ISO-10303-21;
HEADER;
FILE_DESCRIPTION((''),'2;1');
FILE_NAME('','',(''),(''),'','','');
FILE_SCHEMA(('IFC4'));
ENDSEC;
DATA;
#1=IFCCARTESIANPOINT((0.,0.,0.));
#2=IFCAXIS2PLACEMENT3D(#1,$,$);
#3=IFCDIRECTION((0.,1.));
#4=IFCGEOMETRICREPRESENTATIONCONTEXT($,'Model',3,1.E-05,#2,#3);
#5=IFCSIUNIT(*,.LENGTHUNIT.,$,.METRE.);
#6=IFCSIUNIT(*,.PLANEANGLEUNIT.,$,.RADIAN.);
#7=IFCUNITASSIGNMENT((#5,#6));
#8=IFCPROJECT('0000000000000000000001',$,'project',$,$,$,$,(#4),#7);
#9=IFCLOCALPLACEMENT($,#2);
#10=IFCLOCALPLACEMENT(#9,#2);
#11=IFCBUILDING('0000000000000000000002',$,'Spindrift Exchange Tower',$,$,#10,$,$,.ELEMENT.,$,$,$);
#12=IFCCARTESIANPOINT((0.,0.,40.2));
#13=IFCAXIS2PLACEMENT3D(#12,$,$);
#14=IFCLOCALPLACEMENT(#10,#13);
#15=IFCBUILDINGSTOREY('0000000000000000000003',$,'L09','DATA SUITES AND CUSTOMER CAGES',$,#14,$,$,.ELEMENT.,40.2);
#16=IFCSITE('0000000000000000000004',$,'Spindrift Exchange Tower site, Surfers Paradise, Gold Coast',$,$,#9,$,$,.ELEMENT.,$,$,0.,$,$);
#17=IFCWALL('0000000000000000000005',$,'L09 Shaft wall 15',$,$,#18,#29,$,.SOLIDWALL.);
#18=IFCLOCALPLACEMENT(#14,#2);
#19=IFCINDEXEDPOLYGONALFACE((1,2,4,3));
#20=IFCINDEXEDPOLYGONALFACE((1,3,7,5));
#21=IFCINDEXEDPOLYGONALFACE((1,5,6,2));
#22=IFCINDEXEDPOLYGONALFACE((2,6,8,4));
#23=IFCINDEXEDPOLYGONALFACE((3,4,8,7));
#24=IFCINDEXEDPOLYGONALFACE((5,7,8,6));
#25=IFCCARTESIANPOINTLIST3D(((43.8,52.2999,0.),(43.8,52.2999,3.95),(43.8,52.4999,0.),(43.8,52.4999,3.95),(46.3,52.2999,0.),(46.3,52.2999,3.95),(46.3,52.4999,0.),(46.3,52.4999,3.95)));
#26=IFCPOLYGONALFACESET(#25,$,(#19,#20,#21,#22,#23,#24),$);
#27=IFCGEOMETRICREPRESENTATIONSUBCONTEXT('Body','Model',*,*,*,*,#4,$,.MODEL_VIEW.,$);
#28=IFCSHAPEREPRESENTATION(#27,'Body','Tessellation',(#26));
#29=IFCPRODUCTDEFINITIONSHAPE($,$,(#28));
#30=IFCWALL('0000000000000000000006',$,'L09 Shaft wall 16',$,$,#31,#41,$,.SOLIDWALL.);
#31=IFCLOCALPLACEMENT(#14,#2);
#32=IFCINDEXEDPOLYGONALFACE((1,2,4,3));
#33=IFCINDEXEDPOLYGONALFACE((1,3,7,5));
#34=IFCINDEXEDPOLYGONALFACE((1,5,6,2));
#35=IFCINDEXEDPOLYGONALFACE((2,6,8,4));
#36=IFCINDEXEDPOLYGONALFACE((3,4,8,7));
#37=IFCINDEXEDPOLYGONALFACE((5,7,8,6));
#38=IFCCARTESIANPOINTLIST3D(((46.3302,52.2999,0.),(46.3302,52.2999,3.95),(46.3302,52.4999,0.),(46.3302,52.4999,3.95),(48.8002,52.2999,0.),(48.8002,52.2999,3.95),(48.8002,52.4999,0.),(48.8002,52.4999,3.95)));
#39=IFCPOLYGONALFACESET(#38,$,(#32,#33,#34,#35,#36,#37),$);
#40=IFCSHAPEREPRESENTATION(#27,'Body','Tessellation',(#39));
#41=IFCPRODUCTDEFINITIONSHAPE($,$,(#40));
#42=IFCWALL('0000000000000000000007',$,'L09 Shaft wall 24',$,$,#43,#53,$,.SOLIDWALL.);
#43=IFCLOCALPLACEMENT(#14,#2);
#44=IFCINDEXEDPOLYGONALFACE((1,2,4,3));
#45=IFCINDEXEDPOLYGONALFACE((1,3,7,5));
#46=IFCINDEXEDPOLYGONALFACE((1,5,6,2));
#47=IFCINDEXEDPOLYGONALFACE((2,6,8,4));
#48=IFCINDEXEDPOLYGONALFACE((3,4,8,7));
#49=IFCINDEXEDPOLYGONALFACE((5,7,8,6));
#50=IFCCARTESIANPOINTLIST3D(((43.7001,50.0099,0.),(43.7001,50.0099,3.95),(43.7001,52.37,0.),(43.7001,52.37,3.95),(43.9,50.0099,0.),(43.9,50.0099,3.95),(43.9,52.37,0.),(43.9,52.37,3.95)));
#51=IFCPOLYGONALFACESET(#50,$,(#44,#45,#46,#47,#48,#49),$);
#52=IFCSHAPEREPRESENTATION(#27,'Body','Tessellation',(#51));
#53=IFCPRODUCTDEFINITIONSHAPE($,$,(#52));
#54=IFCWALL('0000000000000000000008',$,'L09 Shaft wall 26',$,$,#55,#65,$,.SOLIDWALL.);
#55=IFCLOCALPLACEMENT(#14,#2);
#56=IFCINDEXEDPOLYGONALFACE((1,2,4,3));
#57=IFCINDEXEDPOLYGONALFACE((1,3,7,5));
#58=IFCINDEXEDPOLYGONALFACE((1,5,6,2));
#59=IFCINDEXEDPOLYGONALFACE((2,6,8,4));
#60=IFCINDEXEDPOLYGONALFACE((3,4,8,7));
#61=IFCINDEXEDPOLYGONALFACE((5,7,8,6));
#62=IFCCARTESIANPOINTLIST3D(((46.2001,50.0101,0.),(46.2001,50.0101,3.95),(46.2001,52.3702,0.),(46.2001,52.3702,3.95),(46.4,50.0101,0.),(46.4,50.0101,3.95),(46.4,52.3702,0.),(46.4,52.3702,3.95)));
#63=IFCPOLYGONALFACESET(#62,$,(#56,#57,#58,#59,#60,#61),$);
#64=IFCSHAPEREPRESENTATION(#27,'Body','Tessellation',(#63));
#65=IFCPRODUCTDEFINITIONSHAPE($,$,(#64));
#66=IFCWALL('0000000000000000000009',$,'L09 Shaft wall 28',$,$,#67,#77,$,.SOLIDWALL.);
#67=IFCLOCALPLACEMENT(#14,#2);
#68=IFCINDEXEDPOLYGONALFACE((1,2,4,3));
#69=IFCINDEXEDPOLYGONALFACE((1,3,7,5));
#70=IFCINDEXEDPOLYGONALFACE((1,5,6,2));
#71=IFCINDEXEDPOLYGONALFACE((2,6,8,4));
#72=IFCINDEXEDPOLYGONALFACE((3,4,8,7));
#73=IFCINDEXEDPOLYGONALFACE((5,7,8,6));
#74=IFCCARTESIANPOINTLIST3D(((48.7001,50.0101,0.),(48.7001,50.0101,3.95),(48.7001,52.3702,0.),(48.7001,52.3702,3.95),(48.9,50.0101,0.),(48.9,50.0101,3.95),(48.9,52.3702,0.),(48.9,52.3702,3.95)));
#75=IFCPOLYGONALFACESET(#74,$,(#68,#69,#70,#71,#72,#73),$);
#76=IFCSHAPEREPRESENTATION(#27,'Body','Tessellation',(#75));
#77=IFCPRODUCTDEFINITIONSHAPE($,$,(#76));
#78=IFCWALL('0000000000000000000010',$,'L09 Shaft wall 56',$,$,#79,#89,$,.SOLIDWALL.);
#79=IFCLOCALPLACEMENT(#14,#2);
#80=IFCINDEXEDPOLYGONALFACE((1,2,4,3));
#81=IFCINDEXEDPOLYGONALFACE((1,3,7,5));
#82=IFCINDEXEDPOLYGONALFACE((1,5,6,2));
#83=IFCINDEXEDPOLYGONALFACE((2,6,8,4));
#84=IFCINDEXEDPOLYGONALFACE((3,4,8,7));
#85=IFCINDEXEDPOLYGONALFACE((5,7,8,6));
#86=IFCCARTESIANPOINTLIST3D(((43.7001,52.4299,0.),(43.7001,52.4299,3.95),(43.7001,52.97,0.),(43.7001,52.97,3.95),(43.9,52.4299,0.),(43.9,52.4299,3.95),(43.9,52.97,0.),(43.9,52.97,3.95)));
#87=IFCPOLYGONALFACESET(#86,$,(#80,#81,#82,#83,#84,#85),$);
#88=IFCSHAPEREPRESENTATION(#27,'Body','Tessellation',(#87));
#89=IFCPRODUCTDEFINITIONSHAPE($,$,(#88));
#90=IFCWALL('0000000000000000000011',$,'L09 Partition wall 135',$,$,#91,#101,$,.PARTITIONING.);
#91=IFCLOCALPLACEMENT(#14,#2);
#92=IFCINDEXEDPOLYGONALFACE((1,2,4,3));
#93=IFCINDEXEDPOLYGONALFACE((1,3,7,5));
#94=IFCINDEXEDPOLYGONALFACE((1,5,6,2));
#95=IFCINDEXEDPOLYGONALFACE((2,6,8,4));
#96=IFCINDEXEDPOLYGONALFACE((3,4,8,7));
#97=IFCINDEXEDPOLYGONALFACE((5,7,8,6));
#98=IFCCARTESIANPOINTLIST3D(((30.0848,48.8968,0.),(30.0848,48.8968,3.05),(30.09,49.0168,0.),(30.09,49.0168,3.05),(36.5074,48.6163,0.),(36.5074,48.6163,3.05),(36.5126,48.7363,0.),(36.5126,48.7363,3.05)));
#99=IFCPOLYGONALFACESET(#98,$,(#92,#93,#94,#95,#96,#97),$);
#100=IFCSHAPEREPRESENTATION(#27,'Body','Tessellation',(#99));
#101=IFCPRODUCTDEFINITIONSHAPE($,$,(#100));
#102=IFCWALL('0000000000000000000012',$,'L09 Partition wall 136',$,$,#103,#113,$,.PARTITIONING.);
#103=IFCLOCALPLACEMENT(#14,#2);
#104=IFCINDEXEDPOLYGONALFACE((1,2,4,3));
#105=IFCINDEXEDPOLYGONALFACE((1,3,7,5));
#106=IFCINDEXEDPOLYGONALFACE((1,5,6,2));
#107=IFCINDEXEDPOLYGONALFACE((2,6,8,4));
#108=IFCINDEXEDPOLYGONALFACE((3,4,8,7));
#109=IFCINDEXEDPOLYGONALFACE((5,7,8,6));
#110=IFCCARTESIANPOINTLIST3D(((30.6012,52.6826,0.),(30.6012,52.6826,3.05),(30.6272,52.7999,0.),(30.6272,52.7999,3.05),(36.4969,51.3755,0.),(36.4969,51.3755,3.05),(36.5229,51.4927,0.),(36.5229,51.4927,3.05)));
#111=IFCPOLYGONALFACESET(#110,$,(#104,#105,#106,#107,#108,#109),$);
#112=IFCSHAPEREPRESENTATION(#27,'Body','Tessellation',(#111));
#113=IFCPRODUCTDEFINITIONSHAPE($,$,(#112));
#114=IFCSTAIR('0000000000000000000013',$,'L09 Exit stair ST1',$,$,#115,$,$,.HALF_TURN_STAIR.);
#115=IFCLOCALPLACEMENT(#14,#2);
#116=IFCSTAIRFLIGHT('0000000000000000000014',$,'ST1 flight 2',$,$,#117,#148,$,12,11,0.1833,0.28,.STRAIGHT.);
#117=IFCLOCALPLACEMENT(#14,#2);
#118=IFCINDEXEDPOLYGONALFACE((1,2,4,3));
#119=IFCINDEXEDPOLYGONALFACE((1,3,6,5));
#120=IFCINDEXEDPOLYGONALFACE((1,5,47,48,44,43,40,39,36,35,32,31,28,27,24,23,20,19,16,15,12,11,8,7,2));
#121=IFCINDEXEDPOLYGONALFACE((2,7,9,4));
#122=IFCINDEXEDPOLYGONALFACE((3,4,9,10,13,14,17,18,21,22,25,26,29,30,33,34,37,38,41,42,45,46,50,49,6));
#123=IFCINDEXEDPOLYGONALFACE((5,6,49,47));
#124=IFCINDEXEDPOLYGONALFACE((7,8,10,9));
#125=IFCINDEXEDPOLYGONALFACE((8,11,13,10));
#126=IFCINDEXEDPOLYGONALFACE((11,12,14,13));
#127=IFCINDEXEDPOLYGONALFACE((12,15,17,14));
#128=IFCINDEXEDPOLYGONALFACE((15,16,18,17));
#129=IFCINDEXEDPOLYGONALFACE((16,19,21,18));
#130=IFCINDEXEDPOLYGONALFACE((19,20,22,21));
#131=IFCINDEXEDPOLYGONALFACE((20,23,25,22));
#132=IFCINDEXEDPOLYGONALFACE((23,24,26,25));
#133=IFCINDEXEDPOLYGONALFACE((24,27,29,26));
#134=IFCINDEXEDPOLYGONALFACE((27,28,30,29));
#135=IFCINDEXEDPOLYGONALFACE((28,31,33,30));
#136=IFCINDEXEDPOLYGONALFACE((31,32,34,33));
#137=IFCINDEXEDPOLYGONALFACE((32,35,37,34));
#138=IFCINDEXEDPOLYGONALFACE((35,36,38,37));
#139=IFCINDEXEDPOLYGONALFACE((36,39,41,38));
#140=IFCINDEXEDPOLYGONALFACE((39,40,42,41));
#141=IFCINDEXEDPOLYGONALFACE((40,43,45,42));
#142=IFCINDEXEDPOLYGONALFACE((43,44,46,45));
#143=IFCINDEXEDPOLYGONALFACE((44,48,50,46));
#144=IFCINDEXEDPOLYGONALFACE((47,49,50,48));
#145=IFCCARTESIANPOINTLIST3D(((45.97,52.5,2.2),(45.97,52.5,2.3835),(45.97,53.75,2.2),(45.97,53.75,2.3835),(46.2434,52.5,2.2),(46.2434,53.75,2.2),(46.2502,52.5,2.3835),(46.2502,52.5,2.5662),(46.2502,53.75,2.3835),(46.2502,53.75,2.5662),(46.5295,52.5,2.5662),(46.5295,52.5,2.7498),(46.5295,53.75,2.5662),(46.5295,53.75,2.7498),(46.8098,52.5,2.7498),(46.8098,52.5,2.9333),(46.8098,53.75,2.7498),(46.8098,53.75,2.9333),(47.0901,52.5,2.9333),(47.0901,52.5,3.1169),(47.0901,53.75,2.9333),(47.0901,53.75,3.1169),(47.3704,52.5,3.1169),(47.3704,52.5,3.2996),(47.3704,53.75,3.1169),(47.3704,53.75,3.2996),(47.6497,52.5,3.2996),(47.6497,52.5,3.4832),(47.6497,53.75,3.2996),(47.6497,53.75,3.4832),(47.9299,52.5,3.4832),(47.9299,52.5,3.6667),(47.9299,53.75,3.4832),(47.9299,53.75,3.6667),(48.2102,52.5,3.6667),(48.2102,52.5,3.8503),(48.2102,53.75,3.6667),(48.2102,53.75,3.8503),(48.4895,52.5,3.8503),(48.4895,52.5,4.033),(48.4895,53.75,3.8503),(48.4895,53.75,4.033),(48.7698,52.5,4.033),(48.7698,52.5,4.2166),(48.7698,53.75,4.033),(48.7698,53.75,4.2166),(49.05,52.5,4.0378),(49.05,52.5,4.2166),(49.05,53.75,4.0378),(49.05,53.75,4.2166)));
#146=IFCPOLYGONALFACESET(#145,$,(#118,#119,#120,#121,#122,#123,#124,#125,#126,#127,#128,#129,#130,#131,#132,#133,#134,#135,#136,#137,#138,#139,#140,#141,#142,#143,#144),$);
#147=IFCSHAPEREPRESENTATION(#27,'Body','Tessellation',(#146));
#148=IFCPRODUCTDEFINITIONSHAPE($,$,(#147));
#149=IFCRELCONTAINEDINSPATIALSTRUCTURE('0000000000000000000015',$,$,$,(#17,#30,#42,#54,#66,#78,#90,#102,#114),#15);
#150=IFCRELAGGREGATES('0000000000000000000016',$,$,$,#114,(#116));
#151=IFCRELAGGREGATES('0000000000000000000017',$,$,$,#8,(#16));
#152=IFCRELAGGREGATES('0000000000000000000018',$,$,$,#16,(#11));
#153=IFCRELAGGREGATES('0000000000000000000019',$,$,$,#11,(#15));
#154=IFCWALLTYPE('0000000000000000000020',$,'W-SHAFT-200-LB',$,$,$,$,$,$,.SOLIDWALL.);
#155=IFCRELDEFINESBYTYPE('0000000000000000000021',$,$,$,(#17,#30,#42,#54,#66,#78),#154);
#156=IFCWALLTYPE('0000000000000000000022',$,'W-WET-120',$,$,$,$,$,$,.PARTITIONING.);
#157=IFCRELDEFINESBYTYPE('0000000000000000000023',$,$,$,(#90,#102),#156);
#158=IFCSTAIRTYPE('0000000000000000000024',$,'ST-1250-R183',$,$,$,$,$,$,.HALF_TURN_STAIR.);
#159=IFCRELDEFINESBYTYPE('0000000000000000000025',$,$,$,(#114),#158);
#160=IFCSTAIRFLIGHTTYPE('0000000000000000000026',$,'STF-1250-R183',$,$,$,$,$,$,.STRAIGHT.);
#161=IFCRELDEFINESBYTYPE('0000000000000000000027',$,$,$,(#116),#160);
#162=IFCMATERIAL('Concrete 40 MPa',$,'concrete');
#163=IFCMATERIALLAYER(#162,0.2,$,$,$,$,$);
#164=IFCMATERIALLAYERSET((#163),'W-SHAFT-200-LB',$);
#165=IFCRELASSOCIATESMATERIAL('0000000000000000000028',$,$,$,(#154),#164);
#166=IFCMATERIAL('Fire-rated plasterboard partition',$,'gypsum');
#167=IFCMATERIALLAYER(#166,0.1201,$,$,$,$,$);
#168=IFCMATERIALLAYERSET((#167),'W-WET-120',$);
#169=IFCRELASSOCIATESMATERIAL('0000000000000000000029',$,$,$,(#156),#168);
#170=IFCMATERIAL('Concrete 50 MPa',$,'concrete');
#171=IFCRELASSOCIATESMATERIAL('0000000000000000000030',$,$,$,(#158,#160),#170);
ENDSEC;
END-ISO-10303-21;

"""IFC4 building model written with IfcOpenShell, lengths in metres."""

from ifc_helpers import new_model, si_unit, direction, frame, frame_2d, origin, place, context, subcontext, project, spatial, line, indexed_curve, rectangle, outline, extrude, material, layer, layer_set, type_object, element, aggregate, save


model = new_model("IFC4")

# Units and contexts
model_context = context("Model", 3, precision=1e-05, world=origin(), true_north=direction((0.0, 1.0)))
body_context = subcontext(model_context, "Body", "Model", "MODEL_VIEW")
ifc_project = project(units=[si_unit("LENGTHUNIT", "METRE"), si_unit("PLANEANGLEUNIT", "RADIAN")], contexts=[model_context])

# Site, building, storey
site_placement = place(None, origin())
site = spatial("IfcSite", under=ifc_project, at=site_placement, Name="Spindrift Exchange Tower site, Surfers Paradise, Gold Coast", CompositionType="ELEMENT", RefElevation=0.0)
building_placement = place(site_placement, origin())
building = spatial("IfcBuilding", under=site, at=building_placement, Name="Spindrift Exchange Tower", CompositionType="ELEMENT")
storey_placement = place(building_placement, frame((0.0, 0.0, 40.2)))
storey = spatial("IfcBuildingStorey", under=building, at=storey_placement, Name="L09", Description="DATA SUITES AND CUSTOMER CAGES", CompositionType="ELEMENT", Elevation=40.2)

# Walls
ifc_material_1 = material(Name="Concrete 40 MPa", Category="concrete")
ifc_layer_1 = layer(ifc_material_1, 0.2)
ifc_layer_set_1 = layer_set([ifc_layer_1], Name="W-SHAFT-200-LB")
wall_type_1 = type_object("IfcWallType", Name="W-SHAFT-200-LB", PredefinedType="SOLIDWALL", material=ifc_layer_set_1)
wall_1_placement = place(storey_placement, frame((46.3, 52.3999, 0.0), z_axis=(0.0, 0.0, 1.0), x_axis=(-1.0, 0.0, 0.0)))
element("IfcWall", 1, at=wall_1_placement, inside=storey, type_object=wall_type_1, Name="L09 Shaft wall 15", PredefinedType="SOLIDWALL", context=body_context, shape_type="SweptSolid", body=[
    extrude(rectangle(XDim=2.5, YDim=0.2, at=frame_2d((1.25, 0.0))), origin(), (0.0, 0.0, 1.0), 3.95),
])
wall_2_placement = place(storey_placement, frame((48.8, 52.3999, 0.0), z_axis=(0.0, 0.0, 1.0), x_axis=(-1.0, 0.0, 0.0)))
element("IfcWall", 2, at=wall_2_placement, inside=storey, type_object=wall_type_1, Name="L09 Shaft wall 16", PredefinedType="SOLIDWALL", context=body_context, shape_type="SweptSolid", body=[
    extrude(rectangle(XDim=2.47, YDim=0.2, at=frame_2d((1.2349, 0.0))), origin(), (0.0, 0.0, 1.0), 3.95),
])
for number, where, z_axis, x_axis, name in (
    (3, (43.8, 52.3701, 0.0), (0.0, 0.0, 1.0), (0.0, -1.0, 0.0), "L09 Shaft wall 24"),
    (4, (46.3, 50.01, 0.0), (0.0, 0.0, 1.0), (0.0, 1.0, 0.0), "L09 Shaft wall 26"),
    (5, (48.8, 50.01, 0.0), (0.0, 0.0, 1.0), (0.0, 1.0, 0.0), "L09 Shaft wall 28"),
):
    element("IfcWall", number, at=place(storey_placement, frame(where, z_axis=z_axis, x_axis=x_axis)), inside=storey, type_object=wall_type_1, Name=name, PredefinedType="SOLIDWALL", context=body_context, shape_type="SweptSolid", body=[
        extrude(rectangle(XDim=2.3601, YDim=0.2, at=frame_2d((1.1802, 0.0))), origin(), (0.0, 0.0, 1.0), 3.95),
    ])
wall_3_placement = place(storey_placement, frame((43.8, 52.4299, 0.0), z_axis=(0.0, 0.0, 1.0), x_axis=(0.0, 1.0, 0.0)))
element("IfcWall", 6, at=wall_3_placement, inside=storey, type_object=wall_type_1, Name="L09 Shaft wall 56", PredefinedType="SOLIDWALL", context=body_context, shape_type="SweptSolid", body=[
    extrude(rectangle(XDim=0.54, YDim=0.2, at=frame_2d((0.27, 0.0))), origin(), (0.0, 0.0, 1.0), 3.95),
])
ifc_material_2 = material(Name="Fire-rated plasterboard partition", Category="gypsum")
ifc_layer_2 = layer(ifc_material_2, 0.1201)
ifc_layer_set_2 = layer_set([ifc_layer_2], Name="W-WET-120")
wall_type_2 = type_object("IfcWallType", Name="W-WET-120", PredefinedType="PARTITIONING", material=ifc_layer_set_2)
wall_4_placement = place(storey_placement, frame((36.51, 48.6763, 0.0), z_axis=(0.0, 0.0, 1.0), x_axis=(-0.999048, 0.043635, 0.0)))
element("IfcWall", 7, at=wall_4_placement, inside=storey, type_object=wall_type_2, Name="L09 Partition wall 135", PredefinedType="PARTITIONING", context=body_context, shape_type="SweptSolid", body=[
    extrude(rectangle(XDim=6.4287, YDim=0.1201, at=frame_2d((3.2144, 0.0))), origin(), (0.0, 0.0, 1.0), 3.05),
])
wall_5_placement = place(storey_placement, frame((36.51, 51.4341, 0.0), z_axis=(0.0, 0.0, 1.0), x_axis=(-0.976293, 0.216451, 0.0)))
element("IfcWall", 8, at=wall_5_placement, inside=storey, type_object=wall_type_2, Name="L09 Partition wall 136", PredefinedType="PARTITIONING", context=body_context, shape_type="SweptSolid", body=[
    extrude(rectangle(XDim=6.0388, YDim=0.1201, at=frame_2d((3.0195, 0.0))), origin(), (0.0, 0.0, 1.0), 3.05),
])

# Stair, stair flight
ifc_material_3 = material(Name="Concrete 50 MPa", Category="concrete")
stair_type = type_object("IfcStairType", Name="ST-1250-R183", PredefinedType="HALF_TURN_STAIR", material=ifc_material_3)
stair_placement = place(storey_placement, origin())
stair = element("IfcStair", 9, at=stair_placement, inside=storey, type_object=stair_type, Name="L09 Exit stair ST1", PredefinedType="HALF_TURN_STAIR")
stair_flight_type = type_object("IfcStairFlightType", Name="STF-1250-R183", PredefinedType="STRAIGHT", material=ifc_material_3)
stair_flight_placement = place(storey_placement, frame((45.97, 53.125, 2.2), z_axis=(0.0, 0.0, 1.0), x_axis=(1.0, 0.0, 0.0)))
stair_flight = element("IfcStairFlight", 10, at=stair_flight_placement, type_object=stair_flight_type, Name="ST1 flight 2", NumberOfRisers=12, NumberOfTreads=11, PredefinedType="STRAIGHT", RiserHeight=0.1833, TreadLength=0.28, context=body_context, shape_type="SweptSolid", body=[
    extrude(outline(indexed_curve([(0.0, 0.0), (0.0, 0.1836), (0.2803, 0.1836), (0.2803, 0.3662), (0.5596, 0.3662), (0.5596, 0.5498), (0.8398, 0.5498), (0.8398, 0.7334), (1.1201, 0.7334), (1.1201, 0.917), (1.4004, 0.917), (1.4004, 1.0996), (1.6797, 1.0996), (1.6797, 1.2832), (1.96, 1.2832), (1.96, 1.4668), (2.2402, 1.4668), (2.2402, 1.6504), (2.5195, 1.6504), (2.5195, 1.833), (2.7998, 1.833), (2.7998, 2.0166), (3.0801, 2.0166), (3.0801, 2.2002), (3.0801, 1.8379), (0.2734, 0.0)], segments=[line(1, 2, 3, 4, 5, 6, 7, 8, 9, 10, 11, 12, 13, 14, 15, 16, 17, 18, 19, 20, 21, 22, 23, 24, 25, 26, 1)], self_intersect=False)), frame((0.0, 0.625, 0.0), z_axis=(0.0, -1.0, 0.0), x_axis=(1.0, 0.0, 0.0)), (0.0, 0.0, 1.0), 1.25),
])
aggregate(stair, [stair_flight])

save(model, "model.ifc")
